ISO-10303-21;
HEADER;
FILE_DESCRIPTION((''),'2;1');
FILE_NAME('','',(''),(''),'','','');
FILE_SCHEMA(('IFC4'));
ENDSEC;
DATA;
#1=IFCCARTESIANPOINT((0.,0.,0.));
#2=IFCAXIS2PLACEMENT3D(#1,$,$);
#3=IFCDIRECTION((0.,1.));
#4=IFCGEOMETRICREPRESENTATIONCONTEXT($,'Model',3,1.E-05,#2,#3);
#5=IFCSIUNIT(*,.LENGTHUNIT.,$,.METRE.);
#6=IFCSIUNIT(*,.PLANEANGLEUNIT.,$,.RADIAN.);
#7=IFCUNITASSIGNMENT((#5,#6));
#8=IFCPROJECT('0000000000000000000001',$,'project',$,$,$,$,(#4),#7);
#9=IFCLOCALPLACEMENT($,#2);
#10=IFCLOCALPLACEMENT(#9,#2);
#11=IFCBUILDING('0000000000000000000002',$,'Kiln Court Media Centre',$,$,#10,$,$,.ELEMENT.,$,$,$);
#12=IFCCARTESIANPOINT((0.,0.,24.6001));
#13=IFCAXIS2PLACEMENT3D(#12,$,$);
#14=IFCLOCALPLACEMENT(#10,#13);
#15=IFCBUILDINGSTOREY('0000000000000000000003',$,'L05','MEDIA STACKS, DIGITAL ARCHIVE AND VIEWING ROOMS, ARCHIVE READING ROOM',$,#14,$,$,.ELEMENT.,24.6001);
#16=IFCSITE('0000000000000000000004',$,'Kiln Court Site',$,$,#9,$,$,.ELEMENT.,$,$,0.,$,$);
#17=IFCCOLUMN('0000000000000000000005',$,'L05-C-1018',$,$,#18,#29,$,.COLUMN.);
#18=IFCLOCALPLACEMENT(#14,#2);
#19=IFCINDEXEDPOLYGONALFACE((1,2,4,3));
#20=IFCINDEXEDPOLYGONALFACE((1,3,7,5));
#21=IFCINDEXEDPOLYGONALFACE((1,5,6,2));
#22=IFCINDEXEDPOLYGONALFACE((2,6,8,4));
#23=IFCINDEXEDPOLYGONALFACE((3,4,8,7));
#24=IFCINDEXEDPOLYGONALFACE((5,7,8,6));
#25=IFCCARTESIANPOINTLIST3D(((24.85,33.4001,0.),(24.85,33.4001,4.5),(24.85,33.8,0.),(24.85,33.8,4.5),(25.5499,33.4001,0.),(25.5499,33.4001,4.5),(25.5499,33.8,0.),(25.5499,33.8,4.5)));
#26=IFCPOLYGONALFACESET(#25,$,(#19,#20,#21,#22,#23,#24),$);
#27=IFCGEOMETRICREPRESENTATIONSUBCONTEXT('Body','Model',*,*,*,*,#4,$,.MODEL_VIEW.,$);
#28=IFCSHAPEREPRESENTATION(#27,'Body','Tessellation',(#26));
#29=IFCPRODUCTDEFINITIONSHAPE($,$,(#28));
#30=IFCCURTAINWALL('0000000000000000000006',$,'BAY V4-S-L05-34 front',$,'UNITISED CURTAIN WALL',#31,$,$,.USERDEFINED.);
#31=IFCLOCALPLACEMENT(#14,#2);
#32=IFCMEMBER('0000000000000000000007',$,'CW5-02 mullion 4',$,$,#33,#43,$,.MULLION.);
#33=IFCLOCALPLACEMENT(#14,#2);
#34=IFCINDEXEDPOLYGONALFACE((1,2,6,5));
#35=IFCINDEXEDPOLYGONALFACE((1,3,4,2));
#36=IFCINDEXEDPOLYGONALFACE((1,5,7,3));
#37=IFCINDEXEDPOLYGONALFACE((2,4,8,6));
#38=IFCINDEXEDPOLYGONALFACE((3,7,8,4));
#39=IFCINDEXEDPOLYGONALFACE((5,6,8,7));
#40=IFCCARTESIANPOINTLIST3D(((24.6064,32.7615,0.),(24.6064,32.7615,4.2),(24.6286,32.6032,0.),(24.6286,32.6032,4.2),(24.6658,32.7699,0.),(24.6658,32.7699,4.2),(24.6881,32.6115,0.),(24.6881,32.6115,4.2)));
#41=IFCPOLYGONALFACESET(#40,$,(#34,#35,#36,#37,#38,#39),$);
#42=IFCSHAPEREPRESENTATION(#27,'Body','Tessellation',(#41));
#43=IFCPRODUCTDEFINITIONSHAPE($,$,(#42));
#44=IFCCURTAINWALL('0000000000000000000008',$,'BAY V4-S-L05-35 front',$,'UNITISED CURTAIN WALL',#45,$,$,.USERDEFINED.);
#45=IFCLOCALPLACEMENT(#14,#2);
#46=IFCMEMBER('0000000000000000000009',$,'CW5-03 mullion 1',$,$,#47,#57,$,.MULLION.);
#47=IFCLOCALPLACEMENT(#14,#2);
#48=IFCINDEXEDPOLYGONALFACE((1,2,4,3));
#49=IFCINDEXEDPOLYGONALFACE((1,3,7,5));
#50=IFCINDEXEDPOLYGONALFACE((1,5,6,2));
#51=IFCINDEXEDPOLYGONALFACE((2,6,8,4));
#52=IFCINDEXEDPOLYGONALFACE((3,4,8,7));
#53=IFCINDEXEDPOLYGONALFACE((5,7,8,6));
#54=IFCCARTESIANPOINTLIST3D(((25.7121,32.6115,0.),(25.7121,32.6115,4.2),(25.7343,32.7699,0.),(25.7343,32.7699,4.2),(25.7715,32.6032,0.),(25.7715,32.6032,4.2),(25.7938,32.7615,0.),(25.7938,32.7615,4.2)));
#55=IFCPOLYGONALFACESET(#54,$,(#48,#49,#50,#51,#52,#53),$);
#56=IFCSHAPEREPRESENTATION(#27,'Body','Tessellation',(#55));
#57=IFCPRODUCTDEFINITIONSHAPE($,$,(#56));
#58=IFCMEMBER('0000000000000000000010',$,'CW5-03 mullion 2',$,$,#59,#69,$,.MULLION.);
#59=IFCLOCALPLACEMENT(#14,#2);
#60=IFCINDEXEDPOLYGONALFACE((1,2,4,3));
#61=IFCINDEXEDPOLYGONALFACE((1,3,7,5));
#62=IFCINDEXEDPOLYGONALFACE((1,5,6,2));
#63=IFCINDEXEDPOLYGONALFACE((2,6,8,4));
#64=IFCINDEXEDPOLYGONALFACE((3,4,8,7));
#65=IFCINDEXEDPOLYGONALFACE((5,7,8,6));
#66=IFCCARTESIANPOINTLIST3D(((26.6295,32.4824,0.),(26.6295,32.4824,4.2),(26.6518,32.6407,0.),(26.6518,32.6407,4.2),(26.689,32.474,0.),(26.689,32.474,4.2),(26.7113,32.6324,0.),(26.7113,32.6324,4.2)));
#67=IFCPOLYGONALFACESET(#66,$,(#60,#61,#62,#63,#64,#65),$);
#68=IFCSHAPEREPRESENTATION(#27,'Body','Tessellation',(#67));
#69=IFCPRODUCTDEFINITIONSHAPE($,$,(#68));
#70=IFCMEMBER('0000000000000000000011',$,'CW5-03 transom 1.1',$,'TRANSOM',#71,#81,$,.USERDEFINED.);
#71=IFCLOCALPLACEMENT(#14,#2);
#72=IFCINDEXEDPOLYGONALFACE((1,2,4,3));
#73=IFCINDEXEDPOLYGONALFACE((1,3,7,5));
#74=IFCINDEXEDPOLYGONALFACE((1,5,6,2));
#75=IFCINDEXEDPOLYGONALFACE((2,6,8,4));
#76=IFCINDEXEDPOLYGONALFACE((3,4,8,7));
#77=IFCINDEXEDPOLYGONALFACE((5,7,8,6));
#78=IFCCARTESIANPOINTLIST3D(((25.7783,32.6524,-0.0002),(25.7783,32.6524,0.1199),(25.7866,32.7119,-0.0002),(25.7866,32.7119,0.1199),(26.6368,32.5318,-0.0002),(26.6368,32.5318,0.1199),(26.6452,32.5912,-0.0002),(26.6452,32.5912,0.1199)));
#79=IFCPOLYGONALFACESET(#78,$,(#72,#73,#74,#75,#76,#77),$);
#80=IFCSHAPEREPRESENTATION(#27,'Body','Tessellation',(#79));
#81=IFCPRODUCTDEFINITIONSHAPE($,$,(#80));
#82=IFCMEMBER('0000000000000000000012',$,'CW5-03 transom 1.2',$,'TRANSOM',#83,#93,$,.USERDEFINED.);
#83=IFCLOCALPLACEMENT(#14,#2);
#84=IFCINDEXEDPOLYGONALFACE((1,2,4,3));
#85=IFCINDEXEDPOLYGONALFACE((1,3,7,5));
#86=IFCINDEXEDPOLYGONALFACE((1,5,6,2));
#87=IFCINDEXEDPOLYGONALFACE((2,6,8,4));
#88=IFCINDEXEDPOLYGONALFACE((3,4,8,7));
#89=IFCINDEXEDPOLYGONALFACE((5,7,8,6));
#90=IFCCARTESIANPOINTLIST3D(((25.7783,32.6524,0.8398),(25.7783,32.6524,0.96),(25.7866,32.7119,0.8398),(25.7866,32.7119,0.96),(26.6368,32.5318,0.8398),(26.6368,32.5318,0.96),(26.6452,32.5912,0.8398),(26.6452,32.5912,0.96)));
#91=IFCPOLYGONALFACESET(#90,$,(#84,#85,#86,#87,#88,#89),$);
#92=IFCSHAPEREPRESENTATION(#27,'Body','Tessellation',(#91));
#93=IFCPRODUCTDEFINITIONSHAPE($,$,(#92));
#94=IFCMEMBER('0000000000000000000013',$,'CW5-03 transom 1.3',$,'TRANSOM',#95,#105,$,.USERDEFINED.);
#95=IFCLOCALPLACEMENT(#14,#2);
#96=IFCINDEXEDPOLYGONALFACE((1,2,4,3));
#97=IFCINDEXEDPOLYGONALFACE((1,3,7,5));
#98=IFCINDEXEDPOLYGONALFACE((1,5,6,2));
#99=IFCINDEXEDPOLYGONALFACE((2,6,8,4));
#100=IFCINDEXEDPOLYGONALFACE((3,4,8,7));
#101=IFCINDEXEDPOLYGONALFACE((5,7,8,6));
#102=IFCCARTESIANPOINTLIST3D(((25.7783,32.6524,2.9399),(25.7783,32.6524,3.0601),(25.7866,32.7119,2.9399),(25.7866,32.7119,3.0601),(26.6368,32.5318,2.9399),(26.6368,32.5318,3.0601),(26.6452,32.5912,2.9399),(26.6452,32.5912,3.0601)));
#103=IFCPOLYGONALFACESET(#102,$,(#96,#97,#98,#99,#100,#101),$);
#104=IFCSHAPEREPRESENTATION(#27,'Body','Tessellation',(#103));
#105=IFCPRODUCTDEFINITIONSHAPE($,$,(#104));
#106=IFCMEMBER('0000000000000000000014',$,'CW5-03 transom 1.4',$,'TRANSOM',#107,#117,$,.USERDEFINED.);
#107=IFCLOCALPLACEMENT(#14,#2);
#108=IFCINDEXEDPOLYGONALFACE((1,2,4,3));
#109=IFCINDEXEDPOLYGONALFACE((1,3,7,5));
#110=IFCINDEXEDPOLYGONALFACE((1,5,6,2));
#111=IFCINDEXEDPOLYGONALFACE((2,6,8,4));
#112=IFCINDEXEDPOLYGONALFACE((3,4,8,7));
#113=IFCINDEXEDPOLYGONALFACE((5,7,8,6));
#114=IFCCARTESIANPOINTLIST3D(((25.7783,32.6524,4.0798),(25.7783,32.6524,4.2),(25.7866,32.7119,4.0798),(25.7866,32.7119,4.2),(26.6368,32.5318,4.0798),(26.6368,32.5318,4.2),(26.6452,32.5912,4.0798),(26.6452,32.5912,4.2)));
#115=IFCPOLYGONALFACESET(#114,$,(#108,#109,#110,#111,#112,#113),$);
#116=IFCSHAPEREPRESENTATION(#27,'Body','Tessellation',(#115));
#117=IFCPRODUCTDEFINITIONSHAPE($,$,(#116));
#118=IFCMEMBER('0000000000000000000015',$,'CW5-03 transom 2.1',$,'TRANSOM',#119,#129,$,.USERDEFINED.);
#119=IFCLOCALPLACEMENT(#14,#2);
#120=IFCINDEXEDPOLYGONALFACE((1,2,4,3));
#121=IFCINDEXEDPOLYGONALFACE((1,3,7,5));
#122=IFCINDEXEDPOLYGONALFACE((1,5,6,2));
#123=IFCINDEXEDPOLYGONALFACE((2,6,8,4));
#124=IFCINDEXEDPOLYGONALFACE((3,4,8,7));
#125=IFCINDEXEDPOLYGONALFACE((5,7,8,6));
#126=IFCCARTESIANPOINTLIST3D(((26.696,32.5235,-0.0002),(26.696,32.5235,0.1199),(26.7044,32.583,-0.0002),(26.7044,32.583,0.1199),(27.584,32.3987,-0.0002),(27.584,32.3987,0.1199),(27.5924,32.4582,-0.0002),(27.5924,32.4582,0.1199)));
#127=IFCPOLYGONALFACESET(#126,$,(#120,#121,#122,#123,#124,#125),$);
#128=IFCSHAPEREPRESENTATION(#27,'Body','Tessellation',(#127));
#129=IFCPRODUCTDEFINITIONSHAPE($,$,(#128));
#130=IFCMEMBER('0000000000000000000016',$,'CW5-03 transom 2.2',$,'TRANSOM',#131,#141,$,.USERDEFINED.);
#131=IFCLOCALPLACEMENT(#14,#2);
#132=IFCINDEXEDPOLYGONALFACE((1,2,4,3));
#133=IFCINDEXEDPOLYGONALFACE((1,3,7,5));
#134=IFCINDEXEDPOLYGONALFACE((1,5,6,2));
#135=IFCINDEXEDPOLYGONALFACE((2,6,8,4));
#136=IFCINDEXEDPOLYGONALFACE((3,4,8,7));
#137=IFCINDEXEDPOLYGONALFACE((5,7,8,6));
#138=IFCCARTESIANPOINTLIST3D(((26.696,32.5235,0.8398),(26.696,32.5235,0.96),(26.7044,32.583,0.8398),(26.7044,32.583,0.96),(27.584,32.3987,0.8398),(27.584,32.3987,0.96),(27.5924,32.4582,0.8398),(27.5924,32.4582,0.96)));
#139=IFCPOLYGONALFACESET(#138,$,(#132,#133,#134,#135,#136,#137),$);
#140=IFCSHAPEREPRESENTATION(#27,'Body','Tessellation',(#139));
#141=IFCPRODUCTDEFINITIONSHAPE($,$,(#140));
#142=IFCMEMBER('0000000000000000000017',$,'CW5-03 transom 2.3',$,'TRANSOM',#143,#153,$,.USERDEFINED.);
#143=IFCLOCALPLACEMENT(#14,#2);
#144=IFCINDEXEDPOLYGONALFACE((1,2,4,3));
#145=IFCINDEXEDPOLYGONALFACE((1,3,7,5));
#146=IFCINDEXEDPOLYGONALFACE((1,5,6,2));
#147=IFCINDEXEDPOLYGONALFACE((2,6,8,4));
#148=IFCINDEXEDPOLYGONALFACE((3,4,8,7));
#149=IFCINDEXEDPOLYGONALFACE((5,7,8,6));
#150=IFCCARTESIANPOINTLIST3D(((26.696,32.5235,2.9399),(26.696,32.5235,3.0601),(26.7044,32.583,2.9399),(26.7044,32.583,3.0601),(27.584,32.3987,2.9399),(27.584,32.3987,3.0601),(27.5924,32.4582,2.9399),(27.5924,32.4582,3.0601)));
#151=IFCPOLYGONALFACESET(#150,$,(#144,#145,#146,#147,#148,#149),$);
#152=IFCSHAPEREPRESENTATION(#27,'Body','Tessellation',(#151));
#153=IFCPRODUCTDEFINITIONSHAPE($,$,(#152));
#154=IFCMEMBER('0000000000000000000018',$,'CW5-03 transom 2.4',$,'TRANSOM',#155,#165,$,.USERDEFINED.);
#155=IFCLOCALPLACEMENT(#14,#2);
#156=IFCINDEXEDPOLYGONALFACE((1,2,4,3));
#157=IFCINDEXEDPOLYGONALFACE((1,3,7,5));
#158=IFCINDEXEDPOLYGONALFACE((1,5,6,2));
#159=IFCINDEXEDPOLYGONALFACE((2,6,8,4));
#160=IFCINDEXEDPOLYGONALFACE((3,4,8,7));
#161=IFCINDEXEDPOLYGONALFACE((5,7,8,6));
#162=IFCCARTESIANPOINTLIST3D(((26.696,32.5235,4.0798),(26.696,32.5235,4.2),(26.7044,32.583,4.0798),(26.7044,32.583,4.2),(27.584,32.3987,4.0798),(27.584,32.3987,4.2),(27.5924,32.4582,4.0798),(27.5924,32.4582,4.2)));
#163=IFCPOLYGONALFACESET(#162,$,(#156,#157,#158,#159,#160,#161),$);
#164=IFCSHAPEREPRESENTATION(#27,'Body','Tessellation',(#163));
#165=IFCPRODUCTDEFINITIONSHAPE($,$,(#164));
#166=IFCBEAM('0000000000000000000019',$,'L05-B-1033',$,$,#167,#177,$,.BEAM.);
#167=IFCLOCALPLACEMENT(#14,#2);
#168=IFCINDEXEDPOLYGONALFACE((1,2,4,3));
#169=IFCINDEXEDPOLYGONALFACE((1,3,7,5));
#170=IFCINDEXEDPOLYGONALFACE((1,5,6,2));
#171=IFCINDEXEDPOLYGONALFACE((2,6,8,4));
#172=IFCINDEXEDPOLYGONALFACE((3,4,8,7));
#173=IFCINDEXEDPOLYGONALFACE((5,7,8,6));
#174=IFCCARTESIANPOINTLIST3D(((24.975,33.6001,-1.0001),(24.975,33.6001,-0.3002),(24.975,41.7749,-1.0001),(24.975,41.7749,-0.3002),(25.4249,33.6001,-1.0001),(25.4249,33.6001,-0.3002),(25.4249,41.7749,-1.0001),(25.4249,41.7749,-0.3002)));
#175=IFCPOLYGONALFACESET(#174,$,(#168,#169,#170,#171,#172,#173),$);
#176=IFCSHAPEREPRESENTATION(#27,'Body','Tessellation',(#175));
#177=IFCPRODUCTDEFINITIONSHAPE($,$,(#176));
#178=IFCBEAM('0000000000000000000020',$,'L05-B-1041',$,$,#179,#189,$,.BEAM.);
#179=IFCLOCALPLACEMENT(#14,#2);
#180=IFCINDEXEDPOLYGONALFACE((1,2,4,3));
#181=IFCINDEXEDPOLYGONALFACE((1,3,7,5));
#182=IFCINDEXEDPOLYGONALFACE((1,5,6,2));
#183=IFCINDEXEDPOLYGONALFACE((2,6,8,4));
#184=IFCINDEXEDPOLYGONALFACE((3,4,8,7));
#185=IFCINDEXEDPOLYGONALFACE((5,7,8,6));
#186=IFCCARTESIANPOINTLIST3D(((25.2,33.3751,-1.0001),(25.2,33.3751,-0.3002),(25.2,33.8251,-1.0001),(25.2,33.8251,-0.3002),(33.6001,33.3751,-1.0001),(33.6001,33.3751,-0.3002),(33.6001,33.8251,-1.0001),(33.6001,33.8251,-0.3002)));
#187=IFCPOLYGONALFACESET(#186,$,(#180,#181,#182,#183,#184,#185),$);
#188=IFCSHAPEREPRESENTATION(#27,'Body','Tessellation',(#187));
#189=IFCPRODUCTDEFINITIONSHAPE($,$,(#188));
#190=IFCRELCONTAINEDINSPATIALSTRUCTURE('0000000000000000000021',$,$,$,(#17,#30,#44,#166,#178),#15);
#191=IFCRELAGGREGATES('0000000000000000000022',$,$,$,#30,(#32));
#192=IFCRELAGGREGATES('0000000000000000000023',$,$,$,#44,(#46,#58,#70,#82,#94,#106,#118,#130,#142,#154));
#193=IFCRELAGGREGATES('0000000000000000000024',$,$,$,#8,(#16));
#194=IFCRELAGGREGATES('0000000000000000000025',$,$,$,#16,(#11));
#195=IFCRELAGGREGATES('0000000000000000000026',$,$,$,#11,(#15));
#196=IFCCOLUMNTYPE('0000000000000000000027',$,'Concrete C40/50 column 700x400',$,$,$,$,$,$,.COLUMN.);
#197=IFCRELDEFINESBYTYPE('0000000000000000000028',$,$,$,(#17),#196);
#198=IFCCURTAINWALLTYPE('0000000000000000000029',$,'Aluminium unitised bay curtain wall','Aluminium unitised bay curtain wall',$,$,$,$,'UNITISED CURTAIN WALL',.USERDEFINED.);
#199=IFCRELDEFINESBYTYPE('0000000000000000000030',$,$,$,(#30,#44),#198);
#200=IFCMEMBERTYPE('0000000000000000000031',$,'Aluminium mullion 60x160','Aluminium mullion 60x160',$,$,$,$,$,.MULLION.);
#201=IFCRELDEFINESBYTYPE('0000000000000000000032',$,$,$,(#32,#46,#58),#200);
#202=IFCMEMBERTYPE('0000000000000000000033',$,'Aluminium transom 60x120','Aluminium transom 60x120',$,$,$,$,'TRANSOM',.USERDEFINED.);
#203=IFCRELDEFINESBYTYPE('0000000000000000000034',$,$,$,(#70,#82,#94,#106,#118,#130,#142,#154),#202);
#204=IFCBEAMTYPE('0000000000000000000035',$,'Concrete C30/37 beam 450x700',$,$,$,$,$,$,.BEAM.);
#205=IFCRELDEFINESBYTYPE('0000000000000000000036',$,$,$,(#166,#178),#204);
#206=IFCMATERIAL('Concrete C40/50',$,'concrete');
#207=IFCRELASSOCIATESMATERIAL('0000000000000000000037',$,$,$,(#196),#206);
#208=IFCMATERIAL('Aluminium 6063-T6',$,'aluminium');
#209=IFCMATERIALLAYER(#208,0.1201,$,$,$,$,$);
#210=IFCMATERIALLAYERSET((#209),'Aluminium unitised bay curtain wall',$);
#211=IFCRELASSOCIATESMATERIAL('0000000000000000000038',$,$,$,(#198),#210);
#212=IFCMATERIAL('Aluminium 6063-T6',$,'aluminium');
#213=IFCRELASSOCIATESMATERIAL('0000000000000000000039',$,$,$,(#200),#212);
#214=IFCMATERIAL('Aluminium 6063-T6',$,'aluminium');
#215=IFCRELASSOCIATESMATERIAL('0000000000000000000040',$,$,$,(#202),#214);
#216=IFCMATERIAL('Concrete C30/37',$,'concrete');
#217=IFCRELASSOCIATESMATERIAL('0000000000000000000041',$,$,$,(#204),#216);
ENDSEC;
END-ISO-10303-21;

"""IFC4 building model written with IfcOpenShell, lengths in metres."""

from ifc_helpers import new_model, si_unit, direction, frame, origin, origin_2d, place, context, subcontext, project, spatial, rectangle, extrude, material, layer, layer_set, material_profile, profile_set, type_object, element, aggregate, save


model = new_model("IFC4")

# Units and contexts
model_context = context("Model", 3, precision=1e-05, world=origin(), true_north=direction((0.0, 1.0)))
body_context = subcontext(model_context, "Body", "Model", "MODEL_VIEW")
ifc_project = project(units=[si_unit("LENGTHUNIT", "METRE"), si_unit("PLANEANGLEUNIT", "RADIAN")], contexts=[model_context])

# Site, building, storey
site_placement = place(None, origin())
site = spatial("IfcSite", under=ifc_project, at=site_placement, Name="Kiln Court Site", CompositionType="ELEMENT", RefElevation=0.0)
building_placement = place(site_placement, origin())
building = spatial("IfcBuilding", under=site, at=building_placement, Name="Kiln Court Media Centre", CompositionType="ELEMENT")
storey_placement = place(building_placement, frame((0.0, 0.0, 24.6001)))
storey = spatial("IfcBuildingStorey", under=building, at=storey_placement, Name="L05", Description="MEDIA STACKS, DIGITAL ARCHIVE AND VIEWING ROOMS, ARCHIVE READING ROOM", CompositionType="ELEMENT", Elevation=24.6001)

# Column
ifc_material_1 = material(Name="Concrete C40/50", Category="concrete")
ifc_material_profile_1 = material_profile(ifc_material_1, rectangle(XDim=0.7, YDim=0.3999, at=origin_2d()), Name="RC 700x400")
ifc_profile_set_1 = profile_set([ifc_material_profile_1], Name="Concrete C40/50")
column_type = type_object("IfcColumnType", Name="Concrete C40/50 column 700x400", PredefinedType="COLUMN", material=ifc_profile_set_1)
column_placement = place(storey_placement, frame((25.2, 33.6001, 0.0), z_axis=(0.0, 0.0, 1.0), x_axis=(1.0, 0.0, 0.0)))
element("IfcColumn", 1, at=column_placement, inside=storey, type_object=column_type, Name="L05-C-1018", PredefinedType="COLUMN", context=body_context, shape_type="SweptSolid", body=[
    extrude(rectangle(XDim=0.7, YDim=0.3999, at=origin_2d()), origin(), (0.0, 0.0, 1.0), 4.5),
])

# Curtain wall, member
ifc_material_2 = material(Name="Aluminium 6063-T6", Category="aluminium")
ifc_layer_1 = layer(ifc_material_2, 0.1201)
ifc_layer_set_1 = layer_set([ifc_layer_1], Name="Aluminium unitised bay curtain wall")
curtain_wall_type = type_object("IfcCurtainWallType", Name="Aluminium unitised bay curtain wall", Description="Aluminium unitised bay curtain wall", ElementType="UNITISED CURTAIN WALL", PredefinedType="USERDEFINED", material=ifc_layer_set_1)
curtain_wall_1_placement = place(storey_placement, origin())
curtain_wall_1 = element("IfcCurtainWall", 2, at=curtain_wall_1_placement, inside=storey, type_object=curtain_wall_type, Name="BAY V4-S-L05-34 front", ObjectType="UNITISED CURTAIN WALL", PredefinedType="USERDEFINED")
ifc_material_3 = material(Name="Aluminium 6063-T6", Category="aluminium")
ifc_material_profile_2 = material_profile(ifc_material_3, rectangle(XDim=0.0601, YDim=0.1599, at=origin_2d()), Name="Aluminium mullion 60x160")
ifc_profile_set_2 = profile_set([ifc_material_profile_2], Name="Aluminium 6063-T6")
member_type_1 = type_object("IfcMemberType", Name="Aluminium mullion 60x160", Description="Aluminium mullion 60x160", PredefinedType="MULLION", material=ifc_profile_set_2)
member_1_placement = place(storey_placement, frame((24.6472, 32.6865, 0.0), z_axis=(0.0, 0.0, 1.0), x_axis=(0.99027, 0.139162, 0.0)))
member_1 = element("IfcMember", 3, at=member_1_placement, type_object=member_type_1, Name="CW5-02 mullion 4", PredefinedType="MULLION", context=body_context, shape_type="SweptSolid", body=[
    extrude(rectangle(XDim=0.0601, YDim=0.1599, at=origin_2d()), origin(), (0.0, 0.0, 1.0), 4.2),
])

# Curtain wall, members
curtain_wall_2_placement = place(storey_placement, origin())
curtain_wall_2 = element("IfcCurtainWall", 4, at=curtain_wall_2_placement, inside=storey, type_object=curtain_wall_type, Name="BAY V4-S-L05-35 front", ObjectType="UNITISED CURTAIN WALL", PredefinedType="USERDEFINED")
member_2_placement = place(storey_placement, frame((25.7529, 32.6865, 0.0), z_axis=(0.0, 0.0, 1.0), x_axis=(0.99027, -0.139162, 0.0)))
member_2 = element("IfcMember", 5, at=member_2_placement, type_object=member_type_1, Name="CW5-03 mullion 1", PredefinedType="MULLION", context=body_context, shape_type="SweptSolid", body=[
    extrude(rectangle(XDim=0.0601, YDim=0.1599, at=origin_2d()), origin(), (0.0, 0.0, 1.0), 4.2),
])
member_3_placement = place(storey_placement, frame((26.6704, 32.5574, 0.0), z_axis=(0.0, 0.0, 1.0), x_axis=(0.99027, -0.139162, 0.0)))
member_3 = element("IfcMember", 6, at=member_3_placement, type_object=member_type_1, Name="CW5-03 mullion 2", PredefinedType="MULLION", context=body_context, shape_type="SweptSolid", body=[
    extrude(rectangle(XDim=0.0601, YDim=0.1599, at=origin_2d()), origin(), (0.0, 0.0, 1.0), 4.2),
])
ifc_material_4 = material(Name="Aluminium 6063-T6", Category="aluminium")
ifc_material_profile_3 = material_profile(ifc_material_4, rectangle(XDim=0.0601, YDim=0.1201, at=origin_2d()), Name="Aluminium transom 60x120")
ifc_profile_set_3 = profile_set([ifc_material_profile_3], Name="Aluminium 6063-T6")
member_type_2 = type_object("IfcMemberType", Name="Aluminium transom 60x120", Description="Aluminium transom 60x120", ElementType="TRANSOM", PredefinedType="USERDEFINED", material=ifc_profile_set_3)
member_4_placement = place(storey_placement, frame((25.7825, 32.6821, 0.0598), z_axis=(0.990274, -0.139134, 0.0), x_axis=(0.139134, 0.990274, 0.0)))
member_4 = element("IfcMember", 7, at=member_4_placement, type_object=member_type_2, Name="CW5-03 transom 1.1", ObjectType="TRANSOM", PredefinedType="USERDEFINED", context=body_context, shape_type="SweptSolid", body=[
    extrude(rectangle(XDim=0.0601, YDim=0.1201, at=origin_2d()), origin(), (0.0, 0.0, 1.0), 0.8669),
])
member_5_placement = place(storey_placement, frame((25.7825, 32.6821, 0.8999), z_axis=(0.990274, -0.139134, 0.0), x_axis=(0.139134, 0.990274, 0.0)))
member_5 = element("IfcMember", 8, at=member_5_placement, type_object=member_type_2, Name="CW5-03 transom 1.2", ObjectType="TRANSOM", PredefinedType="USERDEFINED", context=body_context, shape_type="SweptSolid", body=[
    extrude(rectangle(XDim=0.0601, YDim=0.1201, at=origin_2d()), origin(), (0.0, 0.0, 1.0), 0.8669),
])
member_6_placement = place(storey_placement, frame((25.7825, 32.6821, 3.0), z_axis=(0.990274, -0.139134, 0.0), x_axis=(0.139134, 0.990274, 0.0)))
member_6 = element("IfcMember", 9, at=member_6_placement, type_object=member_type_2, Name="CW5-03 transom 1.3", ObjectType="TRANSOM", PredefinedType="USERDEFINED", context=body_context, shape_type="SweptSolid", body=[
    extrude(rectangle(XDim=0.0601, YDim=0.1201, at=origin_2d()), origin(), (0.0, 0.0, 1.0), 0.8669),
])
member_7_placement = place(storey_placement, frame((25.7825, 32.6821, 4.1399), z_axis=(0.990274, -0.139134, 0.0), x_axis=(0.139134, 0.990274, 0.0)))
member_7 = element("IfcMember", 10, at=member_7_placement, type_object=member_type_2, Name="CW5-03 transom 1.4", ObjectType="TRANSOM", PredefinedType="USERDEFINED", context=body_context, shape_type="SweptSolid", body=[
    extrude(rectangle(XDim=0.0601, YDim=0.1201, at=origin_2d()), origin(), (0.0, 0.0, 1.0), 0.8669),
])
member_8_placement = place(storey_placement, frame((26.7002, 32.5532, 0.0598), z_axis=(0.990274, -0.139134, 0.0), x_axis=(0.139134, 0.990274, 0.0)))
member_8 = element("IfcMember", 11, at=member_8_placement, type_object=member_type_2, Name="CW5-03 transom 2.1", ObjectType="TRANSOM", PredefinedType="USERDEFINED", context=body_context, shape_type="SweptSolid", body=[
    extrude(rectangle(XDim=0.0601, YDim=0.1201, at=origin_2d()), origin(), (0.0, 0.0, 1.0), 0.8967),
])
member_9_placement = place(storey_placement, frame((26.7002, 32.5532, 0.8999), z_axis=(0.990274, -0.139134, 0.0), x_axis=(0.139134, 0.990274, 0.0)))
member_9 = element("IfcMember", 12, at=member_9_placement, type_object=member_type_2, Name="CW5-03 transom 2.2", ObjectType="TRANSOM", PredefinedType="USERDEFINED", context=body_context, shape_type="SweptSolid", body=[
    extrude(rectangle(XDim=0.0601, YDim=0.1201, at=origin_2d()), origin(), (0.0, 0.0, 1.0), 0.8967),
])
member_10_placement = place(storey_placement, frame((26.7002, 32.5532, 3.0), z_axis=(0.990274, -0.139134, 0.0), x_axis=(0.139134, 0.990274, 0.0)))
member_10 = element("IfcMember", 13, at=member_10_placement, type_object=member_type_2, Name="CW5-03 transom 2.3", ObjectType="TRANSOM", PredefinedType="USERDEFINED", context=body_context, shape_type="SweptSolid", body=[
    extrude(rectangle(XDim=0.0601, YDim=0.1201, at=origin_2d()), origin(), (0.0, 0.0, 1.0), 0.8967),
])
member_11_placement = place(storey_placement, frame((26.7002, 32.5532, 4.1399), z_axis=(0.990274, -0.139134, 0.0), x_axis=(0.139134, 0.990274, 0.0)))
member_11 = element("IfcMember", 14, at=member_11_placement, type_object=member_type_2, Name="CW5-03 transom 2.4", ObjectType="TRANSOM", PredefinedType="USERDEFINED", context=body_context, shape_type="SweptSolid", body=[
    extrude(rectangle(XDim=0.0601, YDim=0.1201, at=origin_2d()), origin(), (0.0, 0.0, 1.0), 0.8967),
])

# Beams
ifc_material_5 = material(Name="Concrete C30/37", Category="concrete")
ifc_material_profile_4 = material_profile(ifc_material_5, rectangle(XDim=0.45, YDim=0.7, at=origin_2d()), Name="RC 450x700")
ifc_profile_set_4 = profile_set([ifc_material_profile_4], Name="Concrete C30/37")
beam_type = type_object("IfcBeamType", Name="Concrete C30/37 beam 450x700", PredefinedType="BEAM", material=ifc_profile_set_4)
beam_1_placement = place(storey_placement, frame((25.2, 33.6001, -0.6501), z_axis=(0.0, 1.0, 0.0), x_axis=(-1.0, 0.0, 0.0)))
element("IfcBeam", 15, at=beam_1_placement, inside=storey, type_object=beam_type, Name="L05-B-1033", PredefinedType="BEAM", context=body_context, shape_type="SweptSolid", body=[
    extrude(rectangle(XDim=0.45, YDim=0.7, at=origin_2d()), origin(), (0.0, 0.0, 1.0), 8.1748),
])
beam_2_placement = place(storey_placement, frame((25.2, 33.6001, -0.6501), z_axis=(1.0, 0.0, 0.0), x_axis=(0.0, 1.0, 0.0)))
element("IfcBeam", 16, at=beam_2_placement, inside=storey, type_object=beam_type, Name="L05-B-1041", PredefinedType="BEAM", context=body_context, shape_type="SweptSolid", body=[
    extrude(rectangle(XDim=0.45, YDim=0.7, at=origin_2d()), origin(), (0.0, 0.0, 1.0), 8.4001),
])

aggregate(curtain_wall_1, [member_1])
aggregate(curtain_wall_2, [member_2, member_3, member_4, member_5, member_6, member_7, member_8, member_9, member_10, member_11])

save(model, "model.ifc")
